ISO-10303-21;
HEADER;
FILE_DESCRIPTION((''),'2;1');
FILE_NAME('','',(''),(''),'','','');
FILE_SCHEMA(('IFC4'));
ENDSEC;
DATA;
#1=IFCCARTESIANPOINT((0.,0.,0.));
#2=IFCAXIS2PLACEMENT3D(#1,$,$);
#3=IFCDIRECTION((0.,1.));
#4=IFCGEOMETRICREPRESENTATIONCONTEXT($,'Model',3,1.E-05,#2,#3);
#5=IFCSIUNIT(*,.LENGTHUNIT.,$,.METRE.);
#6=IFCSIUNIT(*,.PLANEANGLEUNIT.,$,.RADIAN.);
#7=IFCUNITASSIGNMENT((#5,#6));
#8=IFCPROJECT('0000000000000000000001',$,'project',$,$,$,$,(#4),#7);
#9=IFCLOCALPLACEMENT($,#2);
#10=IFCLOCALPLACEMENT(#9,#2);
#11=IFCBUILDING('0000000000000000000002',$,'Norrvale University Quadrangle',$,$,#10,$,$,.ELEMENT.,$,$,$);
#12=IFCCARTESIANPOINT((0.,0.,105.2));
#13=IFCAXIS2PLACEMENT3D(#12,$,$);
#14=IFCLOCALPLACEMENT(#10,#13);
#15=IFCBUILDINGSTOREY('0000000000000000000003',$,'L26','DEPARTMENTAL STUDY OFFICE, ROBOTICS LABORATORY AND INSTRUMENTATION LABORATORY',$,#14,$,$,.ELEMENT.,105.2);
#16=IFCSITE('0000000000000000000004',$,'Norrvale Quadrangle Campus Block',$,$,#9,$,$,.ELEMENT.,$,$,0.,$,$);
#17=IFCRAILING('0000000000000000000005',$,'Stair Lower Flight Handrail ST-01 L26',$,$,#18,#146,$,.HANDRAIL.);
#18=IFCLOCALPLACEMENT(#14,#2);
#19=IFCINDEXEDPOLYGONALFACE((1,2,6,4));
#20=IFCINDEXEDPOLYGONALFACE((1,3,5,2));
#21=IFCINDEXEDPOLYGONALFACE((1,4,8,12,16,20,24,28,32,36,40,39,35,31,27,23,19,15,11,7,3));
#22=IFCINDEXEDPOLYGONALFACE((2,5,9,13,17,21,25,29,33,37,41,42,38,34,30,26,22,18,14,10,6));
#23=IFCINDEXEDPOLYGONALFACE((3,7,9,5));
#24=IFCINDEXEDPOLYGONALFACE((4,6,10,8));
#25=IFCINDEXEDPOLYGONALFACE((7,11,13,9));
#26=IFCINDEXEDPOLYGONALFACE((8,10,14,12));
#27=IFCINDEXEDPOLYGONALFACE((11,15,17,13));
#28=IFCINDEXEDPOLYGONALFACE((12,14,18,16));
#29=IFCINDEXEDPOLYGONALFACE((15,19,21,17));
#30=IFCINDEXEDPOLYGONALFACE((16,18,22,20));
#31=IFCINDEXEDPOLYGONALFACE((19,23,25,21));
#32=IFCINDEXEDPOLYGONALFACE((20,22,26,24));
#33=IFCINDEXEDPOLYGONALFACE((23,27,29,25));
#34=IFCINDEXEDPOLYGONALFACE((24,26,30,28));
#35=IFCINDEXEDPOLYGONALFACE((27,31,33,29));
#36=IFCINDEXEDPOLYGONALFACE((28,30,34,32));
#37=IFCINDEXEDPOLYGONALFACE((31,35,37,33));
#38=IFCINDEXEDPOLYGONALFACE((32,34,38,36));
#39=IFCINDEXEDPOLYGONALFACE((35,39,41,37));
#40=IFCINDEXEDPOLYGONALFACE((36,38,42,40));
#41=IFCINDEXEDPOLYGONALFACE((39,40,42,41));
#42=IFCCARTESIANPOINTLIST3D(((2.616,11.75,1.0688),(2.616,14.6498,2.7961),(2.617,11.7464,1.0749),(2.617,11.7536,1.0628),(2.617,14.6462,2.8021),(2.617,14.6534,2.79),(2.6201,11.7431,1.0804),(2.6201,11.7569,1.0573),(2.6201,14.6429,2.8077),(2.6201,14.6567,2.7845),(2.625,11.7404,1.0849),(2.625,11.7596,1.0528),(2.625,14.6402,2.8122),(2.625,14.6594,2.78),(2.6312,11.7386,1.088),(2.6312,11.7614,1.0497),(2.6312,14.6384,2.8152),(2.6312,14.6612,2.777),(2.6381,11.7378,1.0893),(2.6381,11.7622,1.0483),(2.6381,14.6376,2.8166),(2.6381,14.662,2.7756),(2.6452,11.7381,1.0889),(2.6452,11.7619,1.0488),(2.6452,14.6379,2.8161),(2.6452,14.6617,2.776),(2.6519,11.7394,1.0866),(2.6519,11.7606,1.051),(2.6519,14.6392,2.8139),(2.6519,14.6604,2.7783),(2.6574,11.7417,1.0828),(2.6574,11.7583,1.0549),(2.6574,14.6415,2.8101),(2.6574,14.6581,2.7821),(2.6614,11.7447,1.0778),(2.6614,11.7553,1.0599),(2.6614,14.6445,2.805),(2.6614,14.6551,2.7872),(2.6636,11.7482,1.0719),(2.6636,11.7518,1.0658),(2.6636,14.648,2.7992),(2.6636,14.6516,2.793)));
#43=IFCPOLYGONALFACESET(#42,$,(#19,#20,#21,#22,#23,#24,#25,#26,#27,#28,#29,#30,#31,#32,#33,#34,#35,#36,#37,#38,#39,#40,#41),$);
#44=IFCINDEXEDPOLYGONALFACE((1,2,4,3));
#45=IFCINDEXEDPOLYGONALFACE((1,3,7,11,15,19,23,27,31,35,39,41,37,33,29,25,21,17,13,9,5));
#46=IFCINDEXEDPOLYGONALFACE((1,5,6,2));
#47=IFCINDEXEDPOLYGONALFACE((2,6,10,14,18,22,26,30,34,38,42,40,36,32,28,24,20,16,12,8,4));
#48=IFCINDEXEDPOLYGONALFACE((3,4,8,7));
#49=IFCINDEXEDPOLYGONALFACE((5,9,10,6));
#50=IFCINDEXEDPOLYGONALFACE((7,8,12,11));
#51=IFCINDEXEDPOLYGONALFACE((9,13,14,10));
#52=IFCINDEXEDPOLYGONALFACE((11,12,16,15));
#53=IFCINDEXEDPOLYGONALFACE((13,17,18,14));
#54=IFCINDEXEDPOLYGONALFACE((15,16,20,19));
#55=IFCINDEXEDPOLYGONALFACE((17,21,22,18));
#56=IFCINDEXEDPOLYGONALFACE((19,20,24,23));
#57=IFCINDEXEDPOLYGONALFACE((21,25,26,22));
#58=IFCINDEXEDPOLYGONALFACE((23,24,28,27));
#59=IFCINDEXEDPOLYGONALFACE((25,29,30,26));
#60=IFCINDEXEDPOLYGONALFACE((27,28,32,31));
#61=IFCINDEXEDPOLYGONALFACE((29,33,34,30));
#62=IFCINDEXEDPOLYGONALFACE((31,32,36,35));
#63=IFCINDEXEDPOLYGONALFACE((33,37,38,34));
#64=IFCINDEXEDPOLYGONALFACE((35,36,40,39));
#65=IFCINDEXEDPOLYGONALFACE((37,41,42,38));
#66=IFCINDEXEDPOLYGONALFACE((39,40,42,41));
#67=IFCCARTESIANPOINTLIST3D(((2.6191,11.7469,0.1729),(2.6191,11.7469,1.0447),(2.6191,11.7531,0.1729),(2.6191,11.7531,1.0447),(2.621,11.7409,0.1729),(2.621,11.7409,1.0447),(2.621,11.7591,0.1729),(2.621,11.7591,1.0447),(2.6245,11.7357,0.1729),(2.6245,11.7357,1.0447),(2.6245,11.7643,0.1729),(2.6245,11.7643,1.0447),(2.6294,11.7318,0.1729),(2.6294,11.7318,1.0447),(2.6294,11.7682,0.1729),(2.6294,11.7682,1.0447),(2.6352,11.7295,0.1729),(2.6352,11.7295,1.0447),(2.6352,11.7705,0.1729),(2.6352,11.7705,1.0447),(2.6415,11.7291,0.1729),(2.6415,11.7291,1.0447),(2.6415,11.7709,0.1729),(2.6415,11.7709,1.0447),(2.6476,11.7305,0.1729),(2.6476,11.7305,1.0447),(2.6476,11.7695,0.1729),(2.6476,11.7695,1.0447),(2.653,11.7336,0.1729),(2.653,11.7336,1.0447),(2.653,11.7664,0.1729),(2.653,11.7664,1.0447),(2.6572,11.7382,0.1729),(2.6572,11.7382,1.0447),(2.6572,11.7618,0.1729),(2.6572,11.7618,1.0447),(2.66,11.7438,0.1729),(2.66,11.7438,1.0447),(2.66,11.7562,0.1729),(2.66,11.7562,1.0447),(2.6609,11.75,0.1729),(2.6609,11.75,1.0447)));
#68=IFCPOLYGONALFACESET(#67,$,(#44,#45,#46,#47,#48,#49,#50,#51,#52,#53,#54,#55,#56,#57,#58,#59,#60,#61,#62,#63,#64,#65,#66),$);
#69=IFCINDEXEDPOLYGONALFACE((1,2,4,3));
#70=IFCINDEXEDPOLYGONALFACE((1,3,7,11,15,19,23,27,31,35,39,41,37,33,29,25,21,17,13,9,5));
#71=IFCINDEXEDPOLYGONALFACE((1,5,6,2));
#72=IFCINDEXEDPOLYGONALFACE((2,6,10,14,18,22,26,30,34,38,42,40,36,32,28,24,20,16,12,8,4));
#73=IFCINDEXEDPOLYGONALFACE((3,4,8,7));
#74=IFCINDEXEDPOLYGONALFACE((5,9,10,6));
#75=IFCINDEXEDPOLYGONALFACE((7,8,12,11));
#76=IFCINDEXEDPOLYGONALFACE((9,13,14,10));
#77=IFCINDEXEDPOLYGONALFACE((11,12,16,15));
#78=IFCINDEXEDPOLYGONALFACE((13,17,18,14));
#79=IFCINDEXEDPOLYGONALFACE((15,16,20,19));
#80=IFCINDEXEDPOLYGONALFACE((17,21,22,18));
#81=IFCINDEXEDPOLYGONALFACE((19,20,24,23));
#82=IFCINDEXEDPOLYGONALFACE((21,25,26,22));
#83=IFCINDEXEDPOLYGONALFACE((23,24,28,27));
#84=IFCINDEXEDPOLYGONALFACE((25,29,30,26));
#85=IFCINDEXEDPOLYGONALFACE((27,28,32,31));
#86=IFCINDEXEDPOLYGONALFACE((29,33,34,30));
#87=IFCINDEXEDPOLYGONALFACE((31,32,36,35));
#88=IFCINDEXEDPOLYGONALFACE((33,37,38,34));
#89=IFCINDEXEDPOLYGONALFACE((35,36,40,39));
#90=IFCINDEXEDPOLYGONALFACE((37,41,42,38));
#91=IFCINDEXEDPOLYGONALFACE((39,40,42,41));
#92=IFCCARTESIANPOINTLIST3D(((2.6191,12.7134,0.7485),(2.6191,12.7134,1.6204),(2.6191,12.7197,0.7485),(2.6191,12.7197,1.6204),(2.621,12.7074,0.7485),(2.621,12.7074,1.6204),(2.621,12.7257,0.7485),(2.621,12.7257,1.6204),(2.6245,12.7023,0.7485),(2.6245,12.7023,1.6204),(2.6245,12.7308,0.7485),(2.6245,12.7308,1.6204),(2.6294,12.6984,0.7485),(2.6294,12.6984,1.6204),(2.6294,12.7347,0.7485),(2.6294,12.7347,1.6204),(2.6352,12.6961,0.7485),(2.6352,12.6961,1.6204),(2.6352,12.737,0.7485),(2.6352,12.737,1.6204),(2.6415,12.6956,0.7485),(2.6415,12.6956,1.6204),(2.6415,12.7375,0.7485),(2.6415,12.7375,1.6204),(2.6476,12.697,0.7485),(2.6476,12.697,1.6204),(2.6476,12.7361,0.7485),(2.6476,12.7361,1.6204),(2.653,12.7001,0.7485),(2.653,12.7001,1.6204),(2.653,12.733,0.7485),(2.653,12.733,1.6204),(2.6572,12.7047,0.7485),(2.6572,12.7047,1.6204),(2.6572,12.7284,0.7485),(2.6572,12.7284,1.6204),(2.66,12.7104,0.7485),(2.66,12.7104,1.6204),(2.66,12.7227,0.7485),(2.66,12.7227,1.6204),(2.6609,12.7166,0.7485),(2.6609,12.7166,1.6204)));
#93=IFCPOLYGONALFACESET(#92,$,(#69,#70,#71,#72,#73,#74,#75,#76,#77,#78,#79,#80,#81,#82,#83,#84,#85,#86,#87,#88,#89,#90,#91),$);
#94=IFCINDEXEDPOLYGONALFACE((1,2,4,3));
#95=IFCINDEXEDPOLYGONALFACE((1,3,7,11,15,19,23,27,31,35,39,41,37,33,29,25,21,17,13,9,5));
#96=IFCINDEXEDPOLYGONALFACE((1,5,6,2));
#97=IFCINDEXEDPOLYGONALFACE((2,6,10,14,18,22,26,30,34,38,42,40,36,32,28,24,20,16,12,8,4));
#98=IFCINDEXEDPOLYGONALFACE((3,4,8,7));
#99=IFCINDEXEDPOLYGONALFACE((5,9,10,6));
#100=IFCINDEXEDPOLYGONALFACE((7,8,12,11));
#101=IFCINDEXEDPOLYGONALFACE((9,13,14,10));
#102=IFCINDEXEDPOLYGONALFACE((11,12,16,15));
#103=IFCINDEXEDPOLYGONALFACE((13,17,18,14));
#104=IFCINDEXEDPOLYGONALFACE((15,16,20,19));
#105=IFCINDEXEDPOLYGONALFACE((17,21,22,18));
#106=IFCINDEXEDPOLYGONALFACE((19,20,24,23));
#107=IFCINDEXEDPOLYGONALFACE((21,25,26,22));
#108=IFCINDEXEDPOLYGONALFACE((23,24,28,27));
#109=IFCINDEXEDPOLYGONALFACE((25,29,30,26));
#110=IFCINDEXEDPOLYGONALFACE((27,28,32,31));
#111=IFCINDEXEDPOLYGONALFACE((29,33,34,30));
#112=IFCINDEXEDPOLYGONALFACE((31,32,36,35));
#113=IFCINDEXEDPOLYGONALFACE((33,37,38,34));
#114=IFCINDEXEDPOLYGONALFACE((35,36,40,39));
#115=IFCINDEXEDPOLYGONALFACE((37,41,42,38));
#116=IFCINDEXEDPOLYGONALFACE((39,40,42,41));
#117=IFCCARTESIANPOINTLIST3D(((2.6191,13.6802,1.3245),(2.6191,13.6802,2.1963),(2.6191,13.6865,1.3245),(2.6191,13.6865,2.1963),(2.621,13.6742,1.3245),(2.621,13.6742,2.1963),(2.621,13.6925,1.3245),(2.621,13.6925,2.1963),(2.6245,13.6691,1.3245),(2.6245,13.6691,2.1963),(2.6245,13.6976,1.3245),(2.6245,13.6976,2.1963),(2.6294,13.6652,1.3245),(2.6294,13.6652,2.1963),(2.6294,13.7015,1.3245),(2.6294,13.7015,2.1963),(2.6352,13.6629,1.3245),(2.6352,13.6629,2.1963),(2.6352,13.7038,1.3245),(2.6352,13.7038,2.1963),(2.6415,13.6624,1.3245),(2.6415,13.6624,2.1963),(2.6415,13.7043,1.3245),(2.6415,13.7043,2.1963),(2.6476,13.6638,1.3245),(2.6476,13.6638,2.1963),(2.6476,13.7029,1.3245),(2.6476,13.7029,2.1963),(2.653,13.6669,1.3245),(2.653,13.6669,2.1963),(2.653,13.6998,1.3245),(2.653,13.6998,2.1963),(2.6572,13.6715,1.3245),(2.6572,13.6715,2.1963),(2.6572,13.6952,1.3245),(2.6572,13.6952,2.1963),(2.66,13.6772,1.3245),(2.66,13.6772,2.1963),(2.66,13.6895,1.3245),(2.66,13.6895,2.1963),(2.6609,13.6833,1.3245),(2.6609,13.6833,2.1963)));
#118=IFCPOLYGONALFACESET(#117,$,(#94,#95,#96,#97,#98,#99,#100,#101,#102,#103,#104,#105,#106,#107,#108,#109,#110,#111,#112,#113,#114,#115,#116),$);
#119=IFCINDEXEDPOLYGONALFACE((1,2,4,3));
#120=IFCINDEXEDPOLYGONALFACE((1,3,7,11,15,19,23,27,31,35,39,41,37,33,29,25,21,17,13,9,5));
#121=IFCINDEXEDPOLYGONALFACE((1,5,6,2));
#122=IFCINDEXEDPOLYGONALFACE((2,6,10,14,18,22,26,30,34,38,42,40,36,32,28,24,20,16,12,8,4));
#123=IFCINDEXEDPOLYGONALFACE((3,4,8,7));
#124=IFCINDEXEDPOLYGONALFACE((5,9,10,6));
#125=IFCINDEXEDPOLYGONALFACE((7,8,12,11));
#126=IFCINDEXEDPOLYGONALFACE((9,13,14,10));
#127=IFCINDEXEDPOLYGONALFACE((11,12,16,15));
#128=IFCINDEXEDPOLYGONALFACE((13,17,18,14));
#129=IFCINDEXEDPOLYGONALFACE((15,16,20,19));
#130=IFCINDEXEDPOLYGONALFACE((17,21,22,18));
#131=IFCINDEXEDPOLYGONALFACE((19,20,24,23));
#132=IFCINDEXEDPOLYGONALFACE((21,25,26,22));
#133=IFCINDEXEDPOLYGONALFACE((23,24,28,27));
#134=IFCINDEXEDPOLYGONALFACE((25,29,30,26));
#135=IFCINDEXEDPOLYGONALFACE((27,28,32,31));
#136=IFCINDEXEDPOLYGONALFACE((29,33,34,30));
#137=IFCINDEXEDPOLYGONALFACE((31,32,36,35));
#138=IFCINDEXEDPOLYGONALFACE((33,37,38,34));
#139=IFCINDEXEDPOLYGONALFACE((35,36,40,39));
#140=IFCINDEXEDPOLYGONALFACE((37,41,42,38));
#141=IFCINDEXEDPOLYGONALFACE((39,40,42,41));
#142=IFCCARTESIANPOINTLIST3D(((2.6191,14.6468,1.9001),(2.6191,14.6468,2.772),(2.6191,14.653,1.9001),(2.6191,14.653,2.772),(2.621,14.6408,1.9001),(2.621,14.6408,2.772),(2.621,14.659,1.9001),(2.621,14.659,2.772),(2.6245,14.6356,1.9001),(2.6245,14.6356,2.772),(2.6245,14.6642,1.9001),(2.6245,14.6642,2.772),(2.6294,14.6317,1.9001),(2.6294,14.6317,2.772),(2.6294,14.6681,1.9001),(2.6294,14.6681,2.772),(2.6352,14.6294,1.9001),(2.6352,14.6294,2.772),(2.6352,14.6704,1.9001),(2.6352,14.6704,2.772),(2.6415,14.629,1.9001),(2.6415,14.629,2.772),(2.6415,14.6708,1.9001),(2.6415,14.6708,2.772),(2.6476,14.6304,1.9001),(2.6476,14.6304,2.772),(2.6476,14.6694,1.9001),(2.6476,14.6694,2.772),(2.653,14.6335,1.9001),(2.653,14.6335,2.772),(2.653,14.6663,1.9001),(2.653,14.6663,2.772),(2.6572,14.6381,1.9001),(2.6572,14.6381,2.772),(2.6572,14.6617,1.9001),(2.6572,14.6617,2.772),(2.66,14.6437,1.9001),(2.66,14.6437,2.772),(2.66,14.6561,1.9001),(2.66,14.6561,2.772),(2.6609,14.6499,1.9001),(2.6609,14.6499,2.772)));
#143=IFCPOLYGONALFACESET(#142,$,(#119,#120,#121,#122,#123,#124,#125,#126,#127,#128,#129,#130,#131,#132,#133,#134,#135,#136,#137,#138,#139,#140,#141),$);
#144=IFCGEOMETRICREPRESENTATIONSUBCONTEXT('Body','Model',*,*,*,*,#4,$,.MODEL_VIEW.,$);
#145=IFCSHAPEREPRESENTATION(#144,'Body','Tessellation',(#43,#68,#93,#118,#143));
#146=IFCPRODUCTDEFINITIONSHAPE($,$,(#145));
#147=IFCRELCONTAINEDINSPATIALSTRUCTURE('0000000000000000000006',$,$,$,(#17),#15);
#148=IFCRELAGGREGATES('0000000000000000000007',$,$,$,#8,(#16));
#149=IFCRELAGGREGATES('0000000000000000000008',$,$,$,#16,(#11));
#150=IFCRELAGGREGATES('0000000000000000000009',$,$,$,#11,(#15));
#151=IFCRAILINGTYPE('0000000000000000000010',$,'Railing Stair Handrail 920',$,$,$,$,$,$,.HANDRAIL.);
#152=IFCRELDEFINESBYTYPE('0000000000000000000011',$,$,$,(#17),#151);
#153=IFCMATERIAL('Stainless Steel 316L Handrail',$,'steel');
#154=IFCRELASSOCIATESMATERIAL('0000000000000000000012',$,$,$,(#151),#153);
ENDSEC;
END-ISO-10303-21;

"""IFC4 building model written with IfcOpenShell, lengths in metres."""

from ifc_helpers import new_model, si_unit, direction, frame, origin, origin_2d, place, context, subcontext, project, spatial, circle, extrude, material, type_object, element, save


model = new_model("IFC4")

# Units and contexts
model_context = context("Model", 3, precision=1e-05, world=origin(), true_north=direction((0.0, 1.0)))
body_context = subcontext(model_context, "Body", "Model", "MODEL_VIEW")
ifc_project = project(units=[si_unit("LENGTHUNIT", "METRE"), si_unit("PLANEANGLEUNIT", "RADIAN")], contexts=[model_context])

# Site, building, storey
site_placement = place(None, origin())
site = spatial("IfcSite", under=ifc_project, at=site_placement, Name="Norrvale Quadrangle Campus Block", CompositionType="ELEMENT", RefElevation=0.0)
building_placement = place(site_placement, origin())
building = spatial("IfcBuilding", under=site, at=building_placement, Name="Norrvale University Quadrangle", CompositionType="ELEMENT")
storey_placement = place(building_placement, frame((0.0, 0.0, 105.2)))
storey = spatial("IfcBuildingStorey", under=building, at=storey_placement, Name="L26", Description="DEPARTMENTAL STUDY OFFICE, ROBOTICS LABORATORY AND INSTRUMENTATION LABORATORY", CompositionType="ELEMENT", Elevation=105.2)

# Railing
ifc_material_1 = material(Name="Stainless Steel 316L Handrail", Category="steel")
railing_type_1 = type_object("IfcRailingType", Name="Railing Stair Handrail 920", PredefinedType="HANDRAIL", material=ifc_material_1)
railing_1_placement = place(storey_placement, frame((2.6399, 11.75, 0.1729)))
element("IfcRailing", 1, at=railing_1_placement, inside=storey, type_object=railing_type_1, Name="Stair Lower Flight Handrail ST-01 L26", PredefinedType="HANDRAIL", context=body_context, shape_type="SweptSolid", body=[
    extrude(circle(Radius=0.0239, at=origin_2d()), frame((0.0, 0.0, 0.896), z_axis=(0.0, 0.859141, 0.511738), x_axis=(-1.0, 0.0, 0.0)), (0.0, 0.0, 1.0), 3.3752),
    extrude(circle(Radius=0.021, at=origin_2d()), origin(), (0.0, 0.0, 1.0), 0.8718),
    extrude(circle(Radius=0.021, at=origin_2d()), frame((0.0, 0.9666, 0.5757)), (0.0, 0.0, 1.0), 0.8718),
    extrude(circle(Radius=0.021, at=origin_2d()), frame((0.0, 1.9333, 1.1516)), (0.0, 0.0, 1.0), 0.8718),
    extrude(circle(Radius=0.021, at=origin_2d()), frame((0.0, 2.8999, 1.7273)), (0.0, 0.0, 1.0), 0.8718),
])

save(model, "model.ifc")
